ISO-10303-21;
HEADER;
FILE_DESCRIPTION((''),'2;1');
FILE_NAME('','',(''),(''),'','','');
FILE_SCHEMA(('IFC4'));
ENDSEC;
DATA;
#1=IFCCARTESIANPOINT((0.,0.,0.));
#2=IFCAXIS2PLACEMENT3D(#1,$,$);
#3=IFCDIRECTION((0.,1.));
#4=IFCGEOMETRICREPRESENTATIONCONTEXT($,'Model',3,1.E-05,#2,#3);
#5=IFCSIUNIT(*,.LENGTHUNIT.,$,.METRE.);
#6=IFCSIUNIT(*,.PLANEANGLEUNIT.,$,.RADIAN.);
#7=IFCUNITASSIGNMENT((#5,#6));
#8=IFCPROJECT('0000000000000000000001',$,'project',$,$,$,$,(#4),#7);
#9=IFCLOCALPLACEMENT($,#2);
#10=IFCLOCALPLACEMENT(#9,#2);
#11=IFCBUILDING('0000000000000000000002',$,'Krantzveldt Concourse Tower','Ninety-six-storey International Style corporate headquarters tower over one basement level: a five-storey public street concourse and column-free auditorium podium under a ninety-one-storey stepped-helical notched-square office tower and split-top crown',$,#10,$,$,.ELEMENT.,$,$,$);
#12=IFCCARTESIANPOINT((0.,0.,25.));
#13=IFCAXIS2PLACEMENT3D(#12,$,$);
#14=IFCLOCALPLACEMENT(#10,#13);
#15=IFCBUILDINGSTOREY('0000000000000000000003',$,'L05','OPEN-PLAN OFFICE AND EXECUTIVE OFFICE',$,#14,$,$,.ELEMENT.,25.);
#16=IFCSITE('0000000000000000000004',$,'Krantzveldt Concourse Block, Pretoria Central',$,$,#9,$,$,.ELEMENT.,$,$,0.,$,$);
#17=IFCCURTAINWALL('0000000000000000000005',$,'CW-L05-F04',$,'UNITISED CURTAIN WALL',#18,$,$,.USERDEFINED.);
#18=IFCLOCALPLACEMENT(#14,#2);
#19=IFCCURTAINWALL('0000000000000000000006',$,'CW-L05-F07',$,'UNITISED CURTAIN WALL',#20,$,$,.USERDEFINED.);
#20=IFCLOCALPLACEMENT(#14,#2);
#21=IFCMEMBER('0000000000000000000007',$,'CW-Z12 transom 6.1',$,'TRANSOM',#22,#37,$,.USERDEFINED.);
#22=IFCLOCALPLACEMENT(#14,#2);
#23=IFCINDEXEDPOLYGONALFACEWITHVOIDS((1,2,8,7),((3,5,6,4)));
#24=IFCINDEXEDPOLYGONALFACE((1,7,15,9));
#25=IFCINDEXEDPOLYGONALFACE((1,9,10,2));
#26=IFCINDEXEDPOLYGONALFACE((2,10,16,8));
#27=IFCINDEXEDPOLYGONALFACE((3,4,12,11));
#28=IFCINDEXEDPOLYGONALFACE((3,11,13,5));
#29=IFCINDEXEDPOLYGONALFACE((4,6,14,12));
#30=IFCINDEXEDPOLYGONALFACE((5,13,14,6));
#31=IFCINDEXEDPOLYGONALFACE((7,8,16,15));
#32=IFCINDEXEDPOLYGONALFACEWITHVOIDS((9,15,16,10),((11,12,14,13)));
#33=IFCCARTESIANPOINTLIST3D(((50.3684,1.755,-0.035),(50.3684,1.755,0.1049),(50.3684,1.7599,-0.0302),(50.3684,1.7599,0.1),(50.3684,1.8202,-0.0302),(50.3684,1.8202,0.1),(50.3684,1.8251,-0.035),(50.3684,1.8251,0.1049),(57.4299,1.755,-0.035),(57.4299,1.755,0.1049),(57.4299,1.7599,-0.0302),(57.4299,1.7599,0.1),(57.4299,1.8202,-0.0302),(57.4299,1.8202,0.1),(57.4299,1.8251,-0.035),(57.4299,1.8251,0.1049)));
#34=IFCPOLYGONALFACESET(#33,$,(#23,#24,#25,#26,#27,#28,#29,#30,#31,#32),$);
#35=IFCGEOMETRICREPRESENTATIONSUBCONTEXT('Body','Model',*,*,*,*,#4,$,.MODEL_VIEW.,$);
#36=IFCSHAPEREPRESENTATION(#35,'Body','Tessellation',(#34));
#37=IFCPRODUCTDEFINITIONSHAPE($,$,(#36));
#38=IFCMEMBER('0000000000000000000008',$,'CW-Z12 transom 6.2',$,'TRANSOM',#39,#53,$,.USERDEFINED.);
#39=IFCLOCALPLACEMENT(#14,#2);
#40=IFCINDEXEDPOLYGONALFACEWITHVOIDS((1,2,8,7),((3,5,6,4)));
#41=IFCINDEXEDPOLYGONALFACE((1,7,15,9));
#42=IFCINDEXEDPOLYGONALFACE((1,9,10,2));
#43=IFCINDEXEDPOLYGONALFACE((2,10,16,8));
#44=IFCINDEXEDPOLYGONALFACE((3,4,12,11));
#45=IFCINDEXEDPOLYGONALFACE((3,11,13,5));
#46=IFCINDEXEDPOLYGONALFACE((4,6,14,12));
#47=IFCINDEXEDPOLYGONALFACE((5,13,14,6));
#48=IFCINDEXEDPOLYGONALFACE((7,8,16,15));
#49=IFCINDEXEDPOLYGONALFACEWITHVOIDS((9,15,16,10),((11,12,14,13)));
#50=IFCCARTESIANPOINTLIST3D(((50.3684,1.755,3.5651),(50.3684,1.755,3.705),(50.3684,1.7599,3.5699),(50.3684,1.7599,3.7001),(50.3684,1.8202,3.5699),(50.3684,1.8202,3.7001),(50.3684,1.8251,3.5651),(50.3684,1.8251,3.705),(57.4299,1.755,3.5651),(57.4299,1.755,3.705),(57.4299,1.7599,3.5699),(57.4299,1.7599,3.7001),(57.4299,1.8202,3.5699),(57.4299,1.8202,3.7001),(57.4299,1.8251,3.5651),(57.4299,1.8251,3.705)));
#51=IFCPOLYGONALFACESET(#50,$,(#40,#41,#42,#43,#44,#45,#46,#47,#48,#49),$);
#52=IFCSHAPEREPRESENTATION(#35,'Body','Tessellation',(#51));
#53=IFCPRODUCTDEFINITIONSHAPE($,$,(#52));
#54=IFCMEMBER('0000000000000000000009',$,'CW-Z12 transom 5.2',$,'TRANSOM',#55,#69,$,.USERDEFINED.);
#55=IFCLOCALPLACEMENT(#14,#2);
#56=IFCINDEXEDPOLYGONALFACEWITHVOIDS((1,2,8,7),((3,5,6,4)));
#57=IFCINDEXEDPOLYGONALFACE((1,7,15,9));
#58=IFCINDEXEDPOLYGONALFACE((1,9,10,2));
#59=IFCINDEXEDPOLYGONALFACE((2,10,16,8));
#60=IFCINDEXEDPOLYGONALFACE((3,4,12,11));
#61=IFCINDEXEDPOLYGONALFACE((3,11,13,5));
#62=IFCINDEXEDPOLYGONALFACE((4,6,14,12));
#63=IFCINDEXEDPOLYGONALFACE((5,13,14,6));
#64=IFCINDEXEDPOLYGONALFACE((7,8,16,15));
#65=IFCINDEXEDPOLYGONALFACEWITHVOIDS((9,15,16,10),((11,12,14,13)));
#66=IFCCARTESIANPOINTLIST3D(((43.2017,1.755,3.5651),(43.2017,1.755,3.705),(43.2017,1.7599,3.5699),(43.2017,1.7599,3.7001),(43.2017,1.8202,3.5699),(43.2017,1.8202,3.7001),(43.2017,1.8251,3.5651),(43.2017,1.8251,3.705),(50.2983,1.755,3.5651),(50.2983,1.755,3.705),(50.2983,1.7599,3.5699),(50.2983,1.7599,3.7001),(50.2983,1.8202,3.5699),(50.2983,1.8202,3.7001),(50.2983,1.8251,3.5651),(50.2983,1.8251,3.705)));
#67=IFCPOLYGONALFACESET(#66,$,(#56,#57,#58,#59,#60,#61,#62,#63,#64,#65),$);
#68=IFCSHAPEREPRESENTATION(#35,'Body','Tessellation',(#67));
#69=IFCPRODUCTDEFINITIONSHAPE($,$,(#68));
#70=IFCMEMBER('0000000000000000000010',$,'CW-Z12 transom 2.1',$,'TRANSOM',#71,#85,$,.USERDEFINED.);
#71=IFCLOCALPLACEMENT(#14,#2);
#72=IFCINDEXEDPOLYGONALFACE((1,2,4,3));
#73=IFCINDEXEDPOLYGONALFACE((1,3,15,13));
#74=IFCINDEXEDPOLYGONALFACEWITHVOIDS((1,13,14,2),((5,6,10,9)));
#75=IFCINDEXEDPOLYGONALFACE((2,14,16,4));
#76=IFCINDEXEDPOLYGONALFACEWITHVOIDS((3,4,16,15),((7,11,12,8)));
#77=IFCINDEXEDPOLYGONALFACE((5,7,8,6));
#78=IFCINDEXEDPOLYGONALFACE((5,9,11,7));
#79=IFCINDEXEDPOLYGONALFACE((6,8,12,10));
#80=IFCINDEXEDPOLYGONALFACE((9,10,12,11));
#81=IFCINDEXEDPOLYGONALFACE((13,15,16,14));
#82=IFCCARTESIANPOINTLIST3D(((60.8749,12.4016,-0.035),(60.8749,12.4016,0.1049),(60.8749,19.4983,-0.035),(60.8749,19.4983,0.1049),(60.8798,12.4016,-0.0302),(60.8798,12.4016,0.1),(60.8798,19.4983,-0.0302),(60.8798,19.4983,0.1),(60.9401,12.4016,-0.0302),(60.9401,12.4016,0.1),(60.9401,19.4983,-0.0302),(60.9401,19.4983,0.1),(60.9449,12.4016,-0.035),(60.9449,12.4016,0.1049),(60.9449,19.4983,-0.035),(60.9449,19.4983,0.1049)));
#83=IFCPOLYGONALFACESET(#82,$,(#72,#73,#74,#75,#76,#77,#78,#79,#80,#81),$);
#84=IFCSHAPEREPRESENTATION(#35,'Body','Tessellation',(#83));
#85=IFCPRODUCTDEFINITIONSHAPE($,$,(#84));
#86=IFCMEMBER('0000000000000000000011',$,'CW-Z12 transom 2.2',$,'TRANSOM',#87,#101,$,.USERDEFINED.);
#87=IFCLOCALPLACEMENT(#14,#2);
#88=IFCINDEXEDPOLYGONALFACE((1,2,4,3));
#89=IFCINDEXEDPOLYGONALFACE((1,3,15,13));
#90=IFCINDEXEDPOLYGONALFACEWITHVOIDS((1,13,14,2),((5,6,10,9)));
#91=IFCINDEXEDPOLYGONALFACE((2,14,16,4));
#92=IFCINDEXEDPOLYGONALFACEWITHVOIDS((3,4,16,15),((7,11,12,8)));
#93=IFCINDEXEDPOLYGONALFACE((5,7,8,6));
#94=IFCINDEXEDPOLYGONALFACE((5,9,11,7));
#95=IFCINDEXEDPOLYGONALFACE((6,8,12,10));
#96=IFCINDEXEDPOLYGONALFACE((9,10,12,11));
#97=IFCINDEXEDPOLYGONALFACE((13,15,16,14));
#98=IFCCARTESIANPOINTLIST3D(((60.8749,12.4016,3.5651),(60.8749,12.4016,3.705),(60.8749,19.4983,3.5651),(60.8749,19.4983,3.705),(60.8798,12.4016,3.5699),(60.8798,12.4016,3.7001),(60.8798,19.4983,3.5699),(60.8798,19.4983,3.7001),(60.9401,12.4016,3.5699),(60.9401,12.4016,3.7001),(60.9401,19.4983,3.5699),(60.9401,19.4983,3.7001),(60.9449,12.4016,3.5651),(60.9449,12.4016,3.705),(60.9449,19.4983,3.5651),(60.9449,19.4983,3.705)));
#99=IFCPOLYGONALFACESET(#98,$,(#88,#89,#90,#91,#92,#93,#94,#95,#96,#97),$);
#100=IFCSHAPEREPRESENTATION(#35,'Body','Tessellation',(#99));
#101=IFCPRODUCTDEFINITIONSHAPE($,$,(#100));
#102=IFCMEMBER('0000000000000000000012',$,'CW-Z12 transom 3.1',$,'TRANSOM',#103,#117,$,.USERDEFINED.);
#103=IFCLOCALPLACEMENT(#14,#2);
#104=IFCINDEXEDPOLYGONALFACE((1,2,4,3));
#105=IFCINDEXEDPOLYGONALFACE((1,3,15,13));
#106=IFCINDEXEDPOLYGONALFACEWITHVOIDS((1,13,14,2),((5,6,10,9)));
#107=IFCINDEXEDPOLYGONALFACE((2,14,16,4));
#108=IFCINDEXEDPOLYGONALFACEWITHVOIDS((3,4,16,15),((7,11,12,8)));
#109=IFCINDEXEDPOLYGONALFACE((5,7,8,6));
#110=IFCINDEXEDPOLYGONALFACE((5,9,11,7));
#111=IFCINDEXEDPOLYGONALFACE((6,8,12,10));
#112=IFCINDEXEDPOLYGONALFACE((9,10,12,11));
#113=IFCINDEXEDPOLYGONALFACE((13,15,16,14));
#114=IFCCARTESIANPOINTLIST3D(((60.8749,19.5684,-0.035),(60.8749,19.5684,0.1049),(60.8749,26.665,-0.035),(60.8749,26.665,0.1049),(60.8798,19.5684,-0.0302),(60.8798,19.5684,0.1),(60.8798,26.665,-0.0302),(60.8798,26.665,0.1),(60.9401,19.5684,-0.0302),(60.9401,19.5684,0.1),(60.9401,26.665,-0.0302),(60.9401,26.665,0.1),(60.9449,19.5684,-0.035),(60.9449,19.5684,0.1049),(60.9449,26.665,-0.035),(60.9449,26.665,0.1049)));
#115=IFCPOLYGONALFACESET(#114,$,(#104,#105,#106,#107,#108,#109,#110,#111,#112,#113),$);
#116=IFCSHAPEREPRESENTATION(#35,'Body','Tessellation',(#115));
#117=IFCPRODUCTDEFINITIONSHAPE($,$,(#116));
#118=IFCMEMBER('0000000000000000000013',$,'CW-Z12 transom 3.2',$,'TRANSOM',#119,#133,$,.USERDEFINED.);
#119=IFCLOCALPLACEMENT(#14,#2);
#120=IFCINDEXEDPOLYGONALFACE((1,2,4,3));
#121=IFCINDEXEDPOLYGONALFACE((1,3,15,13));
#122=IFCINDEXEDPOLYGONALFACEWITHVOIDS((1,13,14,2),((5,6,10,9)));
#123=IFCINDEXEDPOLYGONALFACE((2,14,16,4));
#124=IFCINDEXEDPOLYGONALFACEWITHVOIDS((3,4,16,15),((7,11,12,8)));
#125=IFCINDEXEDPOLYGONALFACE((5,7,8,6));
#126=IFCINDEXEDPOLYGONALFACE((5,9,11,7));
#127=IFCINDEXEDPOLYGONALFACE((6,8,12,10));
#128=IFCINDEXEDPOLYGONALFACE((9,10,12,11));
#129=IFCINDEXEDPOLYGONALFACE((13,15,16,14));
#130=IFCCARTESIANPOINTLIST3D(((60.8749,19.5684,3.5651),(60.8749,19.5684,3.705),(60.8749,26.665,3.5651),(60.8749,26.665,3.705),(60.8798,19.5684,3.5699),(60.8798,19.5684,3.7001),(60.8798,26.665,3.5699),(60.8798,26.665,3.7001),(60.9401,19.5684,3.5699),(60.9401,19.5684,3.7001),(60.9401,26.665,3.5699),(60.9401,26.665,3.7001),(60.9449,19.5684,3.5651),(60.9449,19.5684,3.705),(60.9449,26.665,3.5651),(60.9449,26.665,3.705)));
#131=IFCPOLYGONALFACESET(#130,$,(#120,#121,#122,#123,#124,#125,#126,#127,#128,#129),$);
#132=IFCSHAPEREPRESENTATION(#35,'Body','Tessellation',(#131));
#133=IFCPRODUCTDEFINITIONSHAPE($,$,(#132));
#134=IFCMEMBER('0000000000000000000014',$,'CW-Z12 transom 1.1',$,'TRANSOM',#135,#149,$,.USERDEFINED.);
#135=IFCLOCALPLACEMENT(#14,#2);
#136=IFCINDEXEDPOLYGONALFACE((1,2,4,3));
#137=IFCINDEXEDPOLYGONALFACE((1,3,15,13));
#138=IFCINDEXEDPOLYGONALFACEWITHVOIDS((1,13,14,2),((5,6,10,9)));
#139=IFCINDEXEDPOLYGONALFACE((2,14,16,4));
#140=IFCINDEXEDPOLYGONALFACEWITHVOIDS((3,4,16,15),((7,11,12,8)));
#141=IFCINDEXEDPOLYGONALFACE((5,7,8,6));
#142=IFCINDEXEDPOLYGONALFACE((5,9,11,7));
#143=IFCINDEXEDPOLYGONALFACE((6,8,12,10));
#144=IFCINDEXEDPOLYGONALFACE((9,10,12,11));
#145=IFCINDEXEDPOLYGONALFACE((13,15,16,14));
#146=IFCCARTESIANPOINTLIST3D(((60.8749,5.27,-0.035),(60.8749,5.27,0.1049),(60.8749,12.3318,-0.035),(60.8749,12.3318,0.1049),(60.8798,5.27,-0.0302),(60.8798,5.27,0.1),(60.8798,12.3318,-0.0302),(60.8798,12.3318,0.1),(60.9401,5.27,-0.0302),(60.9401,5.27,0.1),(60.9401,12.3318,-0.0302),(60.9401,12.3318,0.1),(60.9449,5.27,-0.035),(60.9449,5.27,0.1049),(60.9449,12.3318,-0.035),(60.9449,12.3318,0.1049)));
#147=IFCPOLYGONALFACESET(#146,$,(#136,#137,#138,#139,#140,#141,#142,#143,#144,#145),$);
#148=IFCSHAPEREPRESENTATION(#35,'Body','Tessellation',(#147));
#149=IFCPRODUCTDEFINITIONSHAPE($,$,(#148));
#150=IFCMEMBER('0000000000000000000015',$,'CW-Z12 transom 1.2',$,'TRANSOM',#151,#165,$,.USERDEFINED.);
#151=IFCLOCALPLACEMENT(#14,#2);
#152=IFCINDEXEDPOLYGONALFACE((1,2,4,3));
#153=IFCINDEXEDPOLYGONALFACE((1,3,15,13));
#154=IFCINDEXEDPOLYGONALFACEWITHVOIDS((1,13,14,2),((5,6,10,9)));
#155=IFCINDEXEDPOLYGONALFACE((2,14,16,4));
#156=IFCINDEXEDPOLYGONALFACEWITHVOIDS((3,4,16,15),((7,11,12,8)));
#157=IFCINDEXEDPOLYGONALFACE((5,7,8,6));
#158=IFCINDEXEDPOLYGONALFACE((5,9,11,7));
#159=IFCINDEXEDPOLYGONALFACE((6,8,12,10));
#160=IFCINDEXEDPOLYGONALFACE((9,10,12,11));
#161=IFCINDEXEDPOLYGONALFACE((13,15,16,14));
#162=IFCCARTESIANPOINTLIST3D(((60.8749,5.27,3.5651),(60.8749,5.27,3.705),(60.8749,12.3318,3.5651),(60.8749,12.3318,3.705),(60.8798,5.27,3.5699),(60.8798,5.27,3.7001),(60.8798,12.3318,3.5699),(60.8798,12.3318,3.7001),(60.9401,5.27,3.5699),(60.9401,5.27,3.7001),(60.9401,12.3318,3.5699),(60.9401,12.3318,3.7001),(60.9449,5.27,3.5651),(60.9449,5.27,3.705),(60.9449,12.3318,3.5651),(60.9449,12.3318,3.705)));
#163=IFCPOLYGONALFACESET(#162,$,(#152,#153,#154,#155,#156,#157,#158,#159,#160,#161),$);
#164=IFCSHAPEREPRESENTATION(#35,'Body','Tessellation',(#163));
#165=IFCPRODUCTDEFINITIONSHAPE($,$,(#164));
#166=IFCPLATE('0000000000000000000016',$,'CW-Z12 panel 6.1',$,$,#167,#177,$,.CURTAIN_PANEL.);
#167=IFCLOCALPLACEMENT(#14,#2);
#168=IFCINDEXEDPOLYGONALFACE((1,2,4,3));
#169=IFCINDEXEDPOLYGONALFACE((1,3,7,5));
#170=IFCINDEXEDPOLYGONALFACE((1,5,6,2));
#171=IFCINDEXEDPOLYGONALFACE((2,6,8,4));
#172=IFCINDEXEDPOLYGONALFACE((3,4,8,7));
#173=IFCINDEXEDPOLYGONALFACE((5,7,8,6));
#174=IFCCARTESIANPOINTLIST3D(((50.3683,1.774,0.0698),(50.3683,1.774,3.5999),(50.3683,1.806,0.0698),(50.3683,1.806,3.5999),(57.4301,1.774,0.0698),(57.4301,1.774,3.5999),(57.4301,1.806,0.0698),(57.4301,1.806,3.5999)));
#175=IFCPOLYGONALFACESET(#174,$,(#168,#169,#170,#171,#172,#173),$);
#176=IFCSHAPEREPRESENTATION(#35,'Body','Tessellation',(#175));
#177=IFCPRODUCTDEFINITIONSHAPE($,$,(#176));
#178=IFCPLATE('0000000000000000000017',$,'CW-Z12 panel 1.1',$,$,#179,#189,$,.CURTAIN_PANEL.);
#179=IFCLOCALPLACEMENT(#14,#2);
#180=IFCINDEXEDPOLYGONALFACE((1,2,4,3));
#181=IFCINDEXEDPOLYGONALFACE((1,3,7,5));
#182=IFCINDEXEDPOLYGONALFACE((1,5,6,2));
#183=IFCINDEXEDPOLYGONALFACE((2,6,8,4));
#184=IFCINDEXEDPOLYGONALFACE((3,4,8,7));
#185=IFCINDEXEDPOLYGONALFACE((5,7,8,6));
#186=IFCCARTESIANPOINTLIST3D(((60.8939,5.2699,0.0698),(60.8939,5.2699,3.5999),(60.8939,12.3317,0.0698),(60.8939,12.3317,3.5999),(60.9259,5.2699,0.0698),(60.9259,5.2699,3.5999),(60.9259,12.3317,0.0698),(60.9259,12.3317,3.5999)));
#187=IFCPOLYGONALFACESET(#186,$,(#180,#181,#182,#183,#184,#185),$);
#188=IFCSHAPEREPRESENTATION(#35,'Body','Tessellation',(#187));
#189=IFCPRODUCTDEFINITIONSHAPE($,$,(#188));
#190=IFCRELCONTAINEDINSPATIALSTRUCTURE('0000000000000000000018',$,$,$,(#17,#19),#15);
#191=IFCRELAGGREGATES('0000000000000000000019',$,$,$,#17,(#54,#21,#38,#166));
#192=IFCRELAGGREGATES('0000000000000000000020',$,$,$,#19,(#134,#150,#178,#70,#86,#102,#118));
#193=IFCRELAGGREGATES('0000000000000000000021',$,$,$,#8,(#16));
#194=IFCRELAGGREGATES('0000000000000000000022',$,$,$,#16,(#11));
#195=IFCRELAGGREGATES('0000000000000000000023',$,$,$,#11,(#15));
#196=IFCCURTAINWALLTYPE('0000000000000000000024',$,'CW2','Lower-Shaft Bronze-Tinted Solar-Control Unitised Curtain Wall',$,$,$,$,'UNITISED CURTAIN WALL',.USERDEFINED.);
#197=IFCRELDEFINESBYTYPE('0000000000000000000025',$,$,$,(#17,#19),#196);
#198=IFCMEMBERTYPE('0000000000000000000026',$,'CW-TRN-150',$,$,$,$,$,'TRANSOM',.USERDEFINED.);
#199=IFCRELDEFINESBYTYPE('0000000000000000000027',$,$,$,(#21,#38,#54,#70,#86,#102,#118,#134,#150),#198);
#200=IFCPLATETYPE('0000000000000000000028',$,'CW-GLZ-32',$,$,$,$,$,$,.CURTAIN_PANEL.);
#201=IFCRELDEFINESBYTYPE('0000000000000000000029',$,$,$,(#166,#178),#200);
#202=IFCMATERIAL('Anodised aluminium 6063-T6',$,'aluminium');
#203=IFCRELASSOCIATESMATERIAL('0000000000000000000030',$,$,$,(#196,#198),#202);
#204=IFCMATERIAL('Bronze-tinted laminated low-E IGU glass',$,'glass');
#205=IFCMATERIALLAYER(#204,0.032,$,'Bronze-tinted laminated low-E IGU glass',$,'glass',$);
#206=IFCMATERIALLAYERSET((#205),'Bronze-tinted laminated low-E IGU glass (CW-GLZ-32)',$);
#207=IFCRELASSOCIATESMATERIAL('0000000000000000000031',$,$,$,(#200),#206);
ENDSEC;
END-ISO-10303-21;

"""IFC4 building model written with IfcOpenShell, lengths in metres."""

from ifc_helpers import new_model, si_unit, direction, frame, origin, origin_2d, place, context, subcontext, project, spatial, rectangle, hollow_rectangle, extrude, source, transform, mapped, material, layer, layer_set, material_profile, profile_set, type_object, type_shapes, element, aggregate, save


model = new_model("IFC4")

# Units and contexts
model_context = context("Model", 3, precision=1e-05, world=origin(), true_north=direction((0.0, 1.0)))
body_context = subcontext(model_context, "Body", "Model", "MODEL_VIEW")
ifc_project = project(units=[si_unit("LENGTHUNIT", "METRE"), si_unit("PLANEANGLEUNIT", "RADIAN")], contexts=[model_context])

# Site, building, storey
site_placement = place(None, origin())
site = spatial("IfcSite", under=ifc_project, at=site_placement, Name="Krantzveldt Concourse Block, Pretoria Central", CompositionType="ELEMENT", RefElevation=0.0)
building_placement = place(site_placement, origin())
building = spatial("IfcBuilding", under=site, at=building_placement, Name="Krantzveldt Concourse Tower", Description="Ninety-six-storey International Style corporate headquarters tower over one basement level: a five-storey public street concourse and column-free auditorium podium under a ninety-one-storey stepped-helical notched-square office tower and split-top crown", CompositionType="ELEMENT")
storey_placement = place(building_placement, frame((0.0, 0.0, 25.0)))
storey = spatial("IfcBuildingStorey", under=building, at=storey_placement, Name="L05", Description="OPEN-PLAN OFFICE AND EXECUTIVE OFFICE", CompositionType="ELEMENT", Elevation=25.0)

# Curtain walls
ifc_material_1 = material(Name="Anodised aluminium 6063-T6", Category="aluminium")
curtain_wall_type = type_object("IfcCurtainWallType", Name="CW2", Description="Lower-Shaft Bronze-Tinted Solar-Control Unitised Curtain Wall", ElementType="UNITISED CURTAIN WALL", PredefinedType="USERDEFINED", material=ifc_material_1)
curtain_wall_1_placement = place(storey_placement, origin())
curtain_wall_1 = element("IfcCurtainWall", 1, at=curtain_wall_1_placement, inside=storey, type_object=curtain_wall_type, Name="CW-L05-F04", ObjectType="UNITISED CURTAIN WALL", PredefinedType="USERDEFINED")
curtain_wall_2_placement = place(storey_placement, origin())
curtain_wall_2 = element("IfcCurtainWall", 2, at=curtain_wall_2_placement, inside=storey, type_object=curtain_wall_type, Name="CW-L05-F07", ObjectType="UNITISED CURTAIN WALL", PredefinedType="USERDEFINED")

# Members
ifc_material_profile_1 = material_profile(ifc_material_1, hollow_rectangle(XDim=0.0701, YDim=0.1399, WallThickness=0.0049, at=origin_2d()), Name="Anodised aluminium 6063-T6", Category="aluminium")
ifc_profile_set_1 = profile_set([ifc_material_profile_1], Name="Anodised aluminium 6063-T6 - ALU-TRAN 140x70x5")
member_type_1 = type_object("IfcMemberType", Name="CW-TRN-150", ElementType="TRANSOM", PredefinedType="USERDEFINED", material=ifc_profile_set_1)
shared_shape_1 = source(origin(), body_context, "Body", "SweptSolid", [
    extrude(hollow_rectangle(XDim=0.0701, YDim=0.1399, WallThickness=0.0049, at=origin_2d()), origin(), (0.0, 0.0, 1.0), 7.0615),
])
member_1_placement = place(storey_placement, frame((50.3684, 1.79, 0.0349), z_axis=(1.0, 0.0, 0.0), x_axis=(0.0, 1.0, 0.0)))
member_1 = element("IfcMember", 3, at=member_1_placement, type_object=member_type_1, Name="CW-Z12 transom 6.1", ObjectType="TRANSOM", PredefinedType="USERDEFINED", context=body_context, shape_type="MappedRepresentation", body=[
    mapped(shared_shape_1, transform((0.0, 0.0, 0.0), x_axis=(1.0, 0.0, 0.0), y_axis=(0.0, 1.0, 0.0), z_axis=(0.0, 0.0, 1.0), scale=1.0)),
])
member_2_placement = place(storey_placement, frame((50.3684, 1.79, 3.635), z_axis=(1.0, 0.0, 0.0), x_axis=(0.0, 1.0, 0.0)))
member_2 = element("IfcMember", 4, at=member_2_placement, type_object=member_type_1, Name="CW-Z12 transom 6.2", ObjectType="TRANSOM", PredefinedType="USERDEFINED", context=body_context, shape_type="MappedRepresentation", body=[
    mapped(shared_shape_1, transform((0.0, 0.0, 0.0), x_axis=(1.0, 0.0, 0.0), y_axis=(0.0, 1.0, 0.0), z_axis=(0.0, 0.0, 1.0), scale=1.0)),
])
shared_shape_2 = source(origin(), body_context, "Body", "SweptSolid", [
    extrude(hollow_rectangle(XDim=0.0701, YDim=0.1399, WallThickness=0.0049, at=origin_2d()), origin(), (0.0, 0.0, 1.0), 7.0967),
])
member_3_placement = place(storey_placement, frame((43.2017, 1.79, 3.635), z_axis=(1.0, 0.0, 0.0), x_axis=(0.0, 1.0, 0.0)))
member_3 = element("IfcMember", 5, at=member_3_placement, type_object=member_type_1, Name="CW-Z12 transom 5.2", ObjectType="TRANSOM", PredefinedType="USERDEFINED", context=body_context, shape_type="MappedRepresentation", body=[
    mapped(shared_shape_2, transform((0.0, 0.0, 0.0), x_axis=(1.0, 0.0, 0.0), y_axis=(0.0, 1.0, 0.0), z_axis=(0.0, 0.0, 1.0), scale=1.0)),
])
member_4_placement = place(storey_placement, frame((60.9099, 12.4016, 0.0349), z_axis=(0.0, 1.0, 0.0), x_axis=(-1.0, 0.0, 0.0)))
member_4 = element("IfcMember", 6, at=member_4_placement, type_object=member_type_1, Name="CW-Z12 transom 2.1", ObjectType="TRANSOM", PredefinedType="USERDEFINED", context=body_context, shape_type="MappedRepresentation", body=[
    mapped(shared_shape_2, transform((0.0, 0.0, 0.0), x_axis=(1.0, 0.0, 0.0), y_axis=(0.0, 1.0, 0.0), z_axis=(0.0, 0.0, 1.0), scale=1.0)),
])
member_5_placement = place(storey_placement, frame((60.9099, 12.4016, 3.635), z_axis=(0.0, 1.0, 0.0), x_axis=(-1.0, 0.0, 0.0)))
member_5 = element("IfcMember", 7, at=member_5_placement, type_object=member_type_1, Name="CW-Z12 transom 2.2", ObjectType="TRANSOM", PredefinedType="USERDEFINED", context=body_context, shape_type="MappedRepresentation", body=[
    mapped(shared_shape_2, transform((0.0, 0.0, 0.0), x_axis=(1.0, 0.0, 0.0), y_axis=(0.0, 1.0, 0.0), z_axis=(0.0, 0.0, 1.0), scale=1.0)),
])
member_6_placement = place(storey_placement, frame((60.9099, 19.5684, 0.0349), z_axis=(0.0, 1.0, 0.0), x_axis=(-1.0, 0.0, 0.0)))
member_6 = element("IfcMember", 8, at=member_6_placement, type_object=member_type_1, Name="CW-Z12 transom 3.1", ObjectType="TRANSOM", PredefinedType="USERDEFINED", context=body_context, shape_type="MappedRepresentation", body=[
    mapped(shared_shape_2, transform((0.0, 0.0, 0.0), x_axis=(1.0, 0.0, 0.0), y_axis=(0.0, 1.0, 0.0), z_axis=(0.0, 0.0, 1.0), scale=1.0)),
])
member_7_placement = place(storey_placement, frame((60.9099, 19.5684, 3.635), z_axis=(0.0, 1.0, 0.0), x_axis=(-1.0, 0.0, 0.0)))
member_7 = element("IfcMember", 9, at=member_7_placement, type_object=member_type_1, Name="CW-Z12 transom 3.2", ObjectType="TRANSOM", PredefinedType="USERDEFINED", context=body_context, shape_type="MappedRepresentation", body=[
    mapped(shared_shape_2, transform((0.0, 0.0, 0.0), x_axis=(1.0, 0.0, 0.0), y_axis=(0.0, 1.0, 0.0), z_axis=(0.0, 0.0, 1.0), scale=1.0)),
])
shared_shape_3 = source(origin(), body_context, "Body", "SweptSolid", [
    extrude(hollow_rectangle(XDim=0.0701, YDim=0.1399, WallThickness=0.0049, at=origin_2d()), origin(), (0.0, 0.0, 1.0), 7.0618),
])
type_shapes(member_type_1, [shared_shape_1, shared_shape_2, shared_shape_3])
member_8_placement = place(storey_placement, frame((60.9099, 5.27, 0.0349), z_axis=(0.0, 1.0, 0.0), x_axis=(-1.0, 0.0, 0.0)))
member_8 = element("IfcMember", 10, at=member_8_placement, type_object=member_type_1, Name="CW-Z12 transom 1.1", ObjectType="TRANSOM", PredefinedType="USERDEFINED", context=body_context, shape_type="MappedRepresentation", body=[
    mapped(shared_shape_3, transform((0.0, 0.0, 0.0), x_axis=(1.0, 0.0, 0.0), y_axis=(0.0, 1.0, 0.0), z_axis=(0.0, 0.0, 1.0), scale=1.0)),
])
member_9_placement = place(storey_placement, frame((60.9099, 5.27, 3.635), z_axis=(0.0, 1.0, 0.0), x_axis=(-1.0, 0.0, 0.0)))
member_9 = element("IfcMember", 11, at=member_9_placement, type_object=member_type_1, Name="CW-Z12 transom 1.2", ObjectType="TRANSOM", PredefinedType="USERDEFINED", context=body_context, shape_type="MappedRepresentation", body=[
    mapped(shared_shape_3, transform((0.0, 0.0, 0.0), x_axis=(1.0, 0.0, 0.0), y_axis=(0.0, 1.0, 0.0), z_axis=(0.0, 0.0, 1.0), scale=1.0)),
])

# Plates
ifc_material_2 = material(Name="Bronze-tinted laminated low-E IGU glass", Category="glass")
ifc_layer_1 = layer(ifc_material_2, 0.032, Name="Bronze-tinted laminated low-E IGU glass", Category="glass")
ifc_layer_set_1 = layer_set([ifc_layer_1], Name="Bronze-tinted laminated low-E IGU glass (CW-GLZ-32)")
plate_type = type_object("IfcPlateType", Name="CW-GLZ-32", PredefinedType="CURTAIN_PANEL", material=ifc_layer_set_1)
shared_shape_4 = source(origin(), body_context, "Body", "SweptSolid", [
    extrude(rectangle(XDim=7.0618, YDim=0.032, at=origin_2d()), origin(), (0.0, 0.0, 1.0), 3.53),
])
plate_1_placement = place(storey_placement, frame((53.8992, 1.79, 0.0698), z_axis=(0.0, 0.0, 1.0), x_axis=(1.0, 0.0, 0.0)))
plate_1 = element("IfcPlate", 12, at=plate_1_placement, type_object=plate_type, Name="CW-Z12 panel 6.1", PredefinedType="CURTAIN_PANEL", context=body_context, shape_type="MappedRepresentation", body=[
    mapped(shared_shape_4, transform((0.0, 0.0, 0.0), x_axis=(1.0, 0.0, 0.0), y_axis=(0.0, 1.0, 0.0), z_axis=(0.0, 0.0, 1.0), scale=1.0)),
])
plate_2_placement = place(storey_placement, frame((60.9099, 8.8008, 0.0698), z_axis=(0.0, 0.0, 1.0), x_axis=(0.0, 1.0, 0.0)))
plate_2 = element("IfcPlate", 13, at=plate_2_placement, type_object=plate_type, Name="CW-Z12 panel 1.1", PredefinedType="CURTAIN_PANEL", context=body_context, shape_type="MappedRepresentation", body=[
    mapped(shared_shape_4, transform((0.0, 0.0, 0.0), x_axis=(1.0, 0.0, 0.0), y_axis=(0.0, 1.0, 0.0), z_axis=(0.0, 0.0, 1.0), scale=1.0)),
])
aggregate(curtain_wall_1, [member_3, member_1, member_2, plate_1])
aggregate(curtain_wall_2, [member_8, member_9, plate_2, member_4, member_5, member_6, member_7])

save(model, "model.ifc")
